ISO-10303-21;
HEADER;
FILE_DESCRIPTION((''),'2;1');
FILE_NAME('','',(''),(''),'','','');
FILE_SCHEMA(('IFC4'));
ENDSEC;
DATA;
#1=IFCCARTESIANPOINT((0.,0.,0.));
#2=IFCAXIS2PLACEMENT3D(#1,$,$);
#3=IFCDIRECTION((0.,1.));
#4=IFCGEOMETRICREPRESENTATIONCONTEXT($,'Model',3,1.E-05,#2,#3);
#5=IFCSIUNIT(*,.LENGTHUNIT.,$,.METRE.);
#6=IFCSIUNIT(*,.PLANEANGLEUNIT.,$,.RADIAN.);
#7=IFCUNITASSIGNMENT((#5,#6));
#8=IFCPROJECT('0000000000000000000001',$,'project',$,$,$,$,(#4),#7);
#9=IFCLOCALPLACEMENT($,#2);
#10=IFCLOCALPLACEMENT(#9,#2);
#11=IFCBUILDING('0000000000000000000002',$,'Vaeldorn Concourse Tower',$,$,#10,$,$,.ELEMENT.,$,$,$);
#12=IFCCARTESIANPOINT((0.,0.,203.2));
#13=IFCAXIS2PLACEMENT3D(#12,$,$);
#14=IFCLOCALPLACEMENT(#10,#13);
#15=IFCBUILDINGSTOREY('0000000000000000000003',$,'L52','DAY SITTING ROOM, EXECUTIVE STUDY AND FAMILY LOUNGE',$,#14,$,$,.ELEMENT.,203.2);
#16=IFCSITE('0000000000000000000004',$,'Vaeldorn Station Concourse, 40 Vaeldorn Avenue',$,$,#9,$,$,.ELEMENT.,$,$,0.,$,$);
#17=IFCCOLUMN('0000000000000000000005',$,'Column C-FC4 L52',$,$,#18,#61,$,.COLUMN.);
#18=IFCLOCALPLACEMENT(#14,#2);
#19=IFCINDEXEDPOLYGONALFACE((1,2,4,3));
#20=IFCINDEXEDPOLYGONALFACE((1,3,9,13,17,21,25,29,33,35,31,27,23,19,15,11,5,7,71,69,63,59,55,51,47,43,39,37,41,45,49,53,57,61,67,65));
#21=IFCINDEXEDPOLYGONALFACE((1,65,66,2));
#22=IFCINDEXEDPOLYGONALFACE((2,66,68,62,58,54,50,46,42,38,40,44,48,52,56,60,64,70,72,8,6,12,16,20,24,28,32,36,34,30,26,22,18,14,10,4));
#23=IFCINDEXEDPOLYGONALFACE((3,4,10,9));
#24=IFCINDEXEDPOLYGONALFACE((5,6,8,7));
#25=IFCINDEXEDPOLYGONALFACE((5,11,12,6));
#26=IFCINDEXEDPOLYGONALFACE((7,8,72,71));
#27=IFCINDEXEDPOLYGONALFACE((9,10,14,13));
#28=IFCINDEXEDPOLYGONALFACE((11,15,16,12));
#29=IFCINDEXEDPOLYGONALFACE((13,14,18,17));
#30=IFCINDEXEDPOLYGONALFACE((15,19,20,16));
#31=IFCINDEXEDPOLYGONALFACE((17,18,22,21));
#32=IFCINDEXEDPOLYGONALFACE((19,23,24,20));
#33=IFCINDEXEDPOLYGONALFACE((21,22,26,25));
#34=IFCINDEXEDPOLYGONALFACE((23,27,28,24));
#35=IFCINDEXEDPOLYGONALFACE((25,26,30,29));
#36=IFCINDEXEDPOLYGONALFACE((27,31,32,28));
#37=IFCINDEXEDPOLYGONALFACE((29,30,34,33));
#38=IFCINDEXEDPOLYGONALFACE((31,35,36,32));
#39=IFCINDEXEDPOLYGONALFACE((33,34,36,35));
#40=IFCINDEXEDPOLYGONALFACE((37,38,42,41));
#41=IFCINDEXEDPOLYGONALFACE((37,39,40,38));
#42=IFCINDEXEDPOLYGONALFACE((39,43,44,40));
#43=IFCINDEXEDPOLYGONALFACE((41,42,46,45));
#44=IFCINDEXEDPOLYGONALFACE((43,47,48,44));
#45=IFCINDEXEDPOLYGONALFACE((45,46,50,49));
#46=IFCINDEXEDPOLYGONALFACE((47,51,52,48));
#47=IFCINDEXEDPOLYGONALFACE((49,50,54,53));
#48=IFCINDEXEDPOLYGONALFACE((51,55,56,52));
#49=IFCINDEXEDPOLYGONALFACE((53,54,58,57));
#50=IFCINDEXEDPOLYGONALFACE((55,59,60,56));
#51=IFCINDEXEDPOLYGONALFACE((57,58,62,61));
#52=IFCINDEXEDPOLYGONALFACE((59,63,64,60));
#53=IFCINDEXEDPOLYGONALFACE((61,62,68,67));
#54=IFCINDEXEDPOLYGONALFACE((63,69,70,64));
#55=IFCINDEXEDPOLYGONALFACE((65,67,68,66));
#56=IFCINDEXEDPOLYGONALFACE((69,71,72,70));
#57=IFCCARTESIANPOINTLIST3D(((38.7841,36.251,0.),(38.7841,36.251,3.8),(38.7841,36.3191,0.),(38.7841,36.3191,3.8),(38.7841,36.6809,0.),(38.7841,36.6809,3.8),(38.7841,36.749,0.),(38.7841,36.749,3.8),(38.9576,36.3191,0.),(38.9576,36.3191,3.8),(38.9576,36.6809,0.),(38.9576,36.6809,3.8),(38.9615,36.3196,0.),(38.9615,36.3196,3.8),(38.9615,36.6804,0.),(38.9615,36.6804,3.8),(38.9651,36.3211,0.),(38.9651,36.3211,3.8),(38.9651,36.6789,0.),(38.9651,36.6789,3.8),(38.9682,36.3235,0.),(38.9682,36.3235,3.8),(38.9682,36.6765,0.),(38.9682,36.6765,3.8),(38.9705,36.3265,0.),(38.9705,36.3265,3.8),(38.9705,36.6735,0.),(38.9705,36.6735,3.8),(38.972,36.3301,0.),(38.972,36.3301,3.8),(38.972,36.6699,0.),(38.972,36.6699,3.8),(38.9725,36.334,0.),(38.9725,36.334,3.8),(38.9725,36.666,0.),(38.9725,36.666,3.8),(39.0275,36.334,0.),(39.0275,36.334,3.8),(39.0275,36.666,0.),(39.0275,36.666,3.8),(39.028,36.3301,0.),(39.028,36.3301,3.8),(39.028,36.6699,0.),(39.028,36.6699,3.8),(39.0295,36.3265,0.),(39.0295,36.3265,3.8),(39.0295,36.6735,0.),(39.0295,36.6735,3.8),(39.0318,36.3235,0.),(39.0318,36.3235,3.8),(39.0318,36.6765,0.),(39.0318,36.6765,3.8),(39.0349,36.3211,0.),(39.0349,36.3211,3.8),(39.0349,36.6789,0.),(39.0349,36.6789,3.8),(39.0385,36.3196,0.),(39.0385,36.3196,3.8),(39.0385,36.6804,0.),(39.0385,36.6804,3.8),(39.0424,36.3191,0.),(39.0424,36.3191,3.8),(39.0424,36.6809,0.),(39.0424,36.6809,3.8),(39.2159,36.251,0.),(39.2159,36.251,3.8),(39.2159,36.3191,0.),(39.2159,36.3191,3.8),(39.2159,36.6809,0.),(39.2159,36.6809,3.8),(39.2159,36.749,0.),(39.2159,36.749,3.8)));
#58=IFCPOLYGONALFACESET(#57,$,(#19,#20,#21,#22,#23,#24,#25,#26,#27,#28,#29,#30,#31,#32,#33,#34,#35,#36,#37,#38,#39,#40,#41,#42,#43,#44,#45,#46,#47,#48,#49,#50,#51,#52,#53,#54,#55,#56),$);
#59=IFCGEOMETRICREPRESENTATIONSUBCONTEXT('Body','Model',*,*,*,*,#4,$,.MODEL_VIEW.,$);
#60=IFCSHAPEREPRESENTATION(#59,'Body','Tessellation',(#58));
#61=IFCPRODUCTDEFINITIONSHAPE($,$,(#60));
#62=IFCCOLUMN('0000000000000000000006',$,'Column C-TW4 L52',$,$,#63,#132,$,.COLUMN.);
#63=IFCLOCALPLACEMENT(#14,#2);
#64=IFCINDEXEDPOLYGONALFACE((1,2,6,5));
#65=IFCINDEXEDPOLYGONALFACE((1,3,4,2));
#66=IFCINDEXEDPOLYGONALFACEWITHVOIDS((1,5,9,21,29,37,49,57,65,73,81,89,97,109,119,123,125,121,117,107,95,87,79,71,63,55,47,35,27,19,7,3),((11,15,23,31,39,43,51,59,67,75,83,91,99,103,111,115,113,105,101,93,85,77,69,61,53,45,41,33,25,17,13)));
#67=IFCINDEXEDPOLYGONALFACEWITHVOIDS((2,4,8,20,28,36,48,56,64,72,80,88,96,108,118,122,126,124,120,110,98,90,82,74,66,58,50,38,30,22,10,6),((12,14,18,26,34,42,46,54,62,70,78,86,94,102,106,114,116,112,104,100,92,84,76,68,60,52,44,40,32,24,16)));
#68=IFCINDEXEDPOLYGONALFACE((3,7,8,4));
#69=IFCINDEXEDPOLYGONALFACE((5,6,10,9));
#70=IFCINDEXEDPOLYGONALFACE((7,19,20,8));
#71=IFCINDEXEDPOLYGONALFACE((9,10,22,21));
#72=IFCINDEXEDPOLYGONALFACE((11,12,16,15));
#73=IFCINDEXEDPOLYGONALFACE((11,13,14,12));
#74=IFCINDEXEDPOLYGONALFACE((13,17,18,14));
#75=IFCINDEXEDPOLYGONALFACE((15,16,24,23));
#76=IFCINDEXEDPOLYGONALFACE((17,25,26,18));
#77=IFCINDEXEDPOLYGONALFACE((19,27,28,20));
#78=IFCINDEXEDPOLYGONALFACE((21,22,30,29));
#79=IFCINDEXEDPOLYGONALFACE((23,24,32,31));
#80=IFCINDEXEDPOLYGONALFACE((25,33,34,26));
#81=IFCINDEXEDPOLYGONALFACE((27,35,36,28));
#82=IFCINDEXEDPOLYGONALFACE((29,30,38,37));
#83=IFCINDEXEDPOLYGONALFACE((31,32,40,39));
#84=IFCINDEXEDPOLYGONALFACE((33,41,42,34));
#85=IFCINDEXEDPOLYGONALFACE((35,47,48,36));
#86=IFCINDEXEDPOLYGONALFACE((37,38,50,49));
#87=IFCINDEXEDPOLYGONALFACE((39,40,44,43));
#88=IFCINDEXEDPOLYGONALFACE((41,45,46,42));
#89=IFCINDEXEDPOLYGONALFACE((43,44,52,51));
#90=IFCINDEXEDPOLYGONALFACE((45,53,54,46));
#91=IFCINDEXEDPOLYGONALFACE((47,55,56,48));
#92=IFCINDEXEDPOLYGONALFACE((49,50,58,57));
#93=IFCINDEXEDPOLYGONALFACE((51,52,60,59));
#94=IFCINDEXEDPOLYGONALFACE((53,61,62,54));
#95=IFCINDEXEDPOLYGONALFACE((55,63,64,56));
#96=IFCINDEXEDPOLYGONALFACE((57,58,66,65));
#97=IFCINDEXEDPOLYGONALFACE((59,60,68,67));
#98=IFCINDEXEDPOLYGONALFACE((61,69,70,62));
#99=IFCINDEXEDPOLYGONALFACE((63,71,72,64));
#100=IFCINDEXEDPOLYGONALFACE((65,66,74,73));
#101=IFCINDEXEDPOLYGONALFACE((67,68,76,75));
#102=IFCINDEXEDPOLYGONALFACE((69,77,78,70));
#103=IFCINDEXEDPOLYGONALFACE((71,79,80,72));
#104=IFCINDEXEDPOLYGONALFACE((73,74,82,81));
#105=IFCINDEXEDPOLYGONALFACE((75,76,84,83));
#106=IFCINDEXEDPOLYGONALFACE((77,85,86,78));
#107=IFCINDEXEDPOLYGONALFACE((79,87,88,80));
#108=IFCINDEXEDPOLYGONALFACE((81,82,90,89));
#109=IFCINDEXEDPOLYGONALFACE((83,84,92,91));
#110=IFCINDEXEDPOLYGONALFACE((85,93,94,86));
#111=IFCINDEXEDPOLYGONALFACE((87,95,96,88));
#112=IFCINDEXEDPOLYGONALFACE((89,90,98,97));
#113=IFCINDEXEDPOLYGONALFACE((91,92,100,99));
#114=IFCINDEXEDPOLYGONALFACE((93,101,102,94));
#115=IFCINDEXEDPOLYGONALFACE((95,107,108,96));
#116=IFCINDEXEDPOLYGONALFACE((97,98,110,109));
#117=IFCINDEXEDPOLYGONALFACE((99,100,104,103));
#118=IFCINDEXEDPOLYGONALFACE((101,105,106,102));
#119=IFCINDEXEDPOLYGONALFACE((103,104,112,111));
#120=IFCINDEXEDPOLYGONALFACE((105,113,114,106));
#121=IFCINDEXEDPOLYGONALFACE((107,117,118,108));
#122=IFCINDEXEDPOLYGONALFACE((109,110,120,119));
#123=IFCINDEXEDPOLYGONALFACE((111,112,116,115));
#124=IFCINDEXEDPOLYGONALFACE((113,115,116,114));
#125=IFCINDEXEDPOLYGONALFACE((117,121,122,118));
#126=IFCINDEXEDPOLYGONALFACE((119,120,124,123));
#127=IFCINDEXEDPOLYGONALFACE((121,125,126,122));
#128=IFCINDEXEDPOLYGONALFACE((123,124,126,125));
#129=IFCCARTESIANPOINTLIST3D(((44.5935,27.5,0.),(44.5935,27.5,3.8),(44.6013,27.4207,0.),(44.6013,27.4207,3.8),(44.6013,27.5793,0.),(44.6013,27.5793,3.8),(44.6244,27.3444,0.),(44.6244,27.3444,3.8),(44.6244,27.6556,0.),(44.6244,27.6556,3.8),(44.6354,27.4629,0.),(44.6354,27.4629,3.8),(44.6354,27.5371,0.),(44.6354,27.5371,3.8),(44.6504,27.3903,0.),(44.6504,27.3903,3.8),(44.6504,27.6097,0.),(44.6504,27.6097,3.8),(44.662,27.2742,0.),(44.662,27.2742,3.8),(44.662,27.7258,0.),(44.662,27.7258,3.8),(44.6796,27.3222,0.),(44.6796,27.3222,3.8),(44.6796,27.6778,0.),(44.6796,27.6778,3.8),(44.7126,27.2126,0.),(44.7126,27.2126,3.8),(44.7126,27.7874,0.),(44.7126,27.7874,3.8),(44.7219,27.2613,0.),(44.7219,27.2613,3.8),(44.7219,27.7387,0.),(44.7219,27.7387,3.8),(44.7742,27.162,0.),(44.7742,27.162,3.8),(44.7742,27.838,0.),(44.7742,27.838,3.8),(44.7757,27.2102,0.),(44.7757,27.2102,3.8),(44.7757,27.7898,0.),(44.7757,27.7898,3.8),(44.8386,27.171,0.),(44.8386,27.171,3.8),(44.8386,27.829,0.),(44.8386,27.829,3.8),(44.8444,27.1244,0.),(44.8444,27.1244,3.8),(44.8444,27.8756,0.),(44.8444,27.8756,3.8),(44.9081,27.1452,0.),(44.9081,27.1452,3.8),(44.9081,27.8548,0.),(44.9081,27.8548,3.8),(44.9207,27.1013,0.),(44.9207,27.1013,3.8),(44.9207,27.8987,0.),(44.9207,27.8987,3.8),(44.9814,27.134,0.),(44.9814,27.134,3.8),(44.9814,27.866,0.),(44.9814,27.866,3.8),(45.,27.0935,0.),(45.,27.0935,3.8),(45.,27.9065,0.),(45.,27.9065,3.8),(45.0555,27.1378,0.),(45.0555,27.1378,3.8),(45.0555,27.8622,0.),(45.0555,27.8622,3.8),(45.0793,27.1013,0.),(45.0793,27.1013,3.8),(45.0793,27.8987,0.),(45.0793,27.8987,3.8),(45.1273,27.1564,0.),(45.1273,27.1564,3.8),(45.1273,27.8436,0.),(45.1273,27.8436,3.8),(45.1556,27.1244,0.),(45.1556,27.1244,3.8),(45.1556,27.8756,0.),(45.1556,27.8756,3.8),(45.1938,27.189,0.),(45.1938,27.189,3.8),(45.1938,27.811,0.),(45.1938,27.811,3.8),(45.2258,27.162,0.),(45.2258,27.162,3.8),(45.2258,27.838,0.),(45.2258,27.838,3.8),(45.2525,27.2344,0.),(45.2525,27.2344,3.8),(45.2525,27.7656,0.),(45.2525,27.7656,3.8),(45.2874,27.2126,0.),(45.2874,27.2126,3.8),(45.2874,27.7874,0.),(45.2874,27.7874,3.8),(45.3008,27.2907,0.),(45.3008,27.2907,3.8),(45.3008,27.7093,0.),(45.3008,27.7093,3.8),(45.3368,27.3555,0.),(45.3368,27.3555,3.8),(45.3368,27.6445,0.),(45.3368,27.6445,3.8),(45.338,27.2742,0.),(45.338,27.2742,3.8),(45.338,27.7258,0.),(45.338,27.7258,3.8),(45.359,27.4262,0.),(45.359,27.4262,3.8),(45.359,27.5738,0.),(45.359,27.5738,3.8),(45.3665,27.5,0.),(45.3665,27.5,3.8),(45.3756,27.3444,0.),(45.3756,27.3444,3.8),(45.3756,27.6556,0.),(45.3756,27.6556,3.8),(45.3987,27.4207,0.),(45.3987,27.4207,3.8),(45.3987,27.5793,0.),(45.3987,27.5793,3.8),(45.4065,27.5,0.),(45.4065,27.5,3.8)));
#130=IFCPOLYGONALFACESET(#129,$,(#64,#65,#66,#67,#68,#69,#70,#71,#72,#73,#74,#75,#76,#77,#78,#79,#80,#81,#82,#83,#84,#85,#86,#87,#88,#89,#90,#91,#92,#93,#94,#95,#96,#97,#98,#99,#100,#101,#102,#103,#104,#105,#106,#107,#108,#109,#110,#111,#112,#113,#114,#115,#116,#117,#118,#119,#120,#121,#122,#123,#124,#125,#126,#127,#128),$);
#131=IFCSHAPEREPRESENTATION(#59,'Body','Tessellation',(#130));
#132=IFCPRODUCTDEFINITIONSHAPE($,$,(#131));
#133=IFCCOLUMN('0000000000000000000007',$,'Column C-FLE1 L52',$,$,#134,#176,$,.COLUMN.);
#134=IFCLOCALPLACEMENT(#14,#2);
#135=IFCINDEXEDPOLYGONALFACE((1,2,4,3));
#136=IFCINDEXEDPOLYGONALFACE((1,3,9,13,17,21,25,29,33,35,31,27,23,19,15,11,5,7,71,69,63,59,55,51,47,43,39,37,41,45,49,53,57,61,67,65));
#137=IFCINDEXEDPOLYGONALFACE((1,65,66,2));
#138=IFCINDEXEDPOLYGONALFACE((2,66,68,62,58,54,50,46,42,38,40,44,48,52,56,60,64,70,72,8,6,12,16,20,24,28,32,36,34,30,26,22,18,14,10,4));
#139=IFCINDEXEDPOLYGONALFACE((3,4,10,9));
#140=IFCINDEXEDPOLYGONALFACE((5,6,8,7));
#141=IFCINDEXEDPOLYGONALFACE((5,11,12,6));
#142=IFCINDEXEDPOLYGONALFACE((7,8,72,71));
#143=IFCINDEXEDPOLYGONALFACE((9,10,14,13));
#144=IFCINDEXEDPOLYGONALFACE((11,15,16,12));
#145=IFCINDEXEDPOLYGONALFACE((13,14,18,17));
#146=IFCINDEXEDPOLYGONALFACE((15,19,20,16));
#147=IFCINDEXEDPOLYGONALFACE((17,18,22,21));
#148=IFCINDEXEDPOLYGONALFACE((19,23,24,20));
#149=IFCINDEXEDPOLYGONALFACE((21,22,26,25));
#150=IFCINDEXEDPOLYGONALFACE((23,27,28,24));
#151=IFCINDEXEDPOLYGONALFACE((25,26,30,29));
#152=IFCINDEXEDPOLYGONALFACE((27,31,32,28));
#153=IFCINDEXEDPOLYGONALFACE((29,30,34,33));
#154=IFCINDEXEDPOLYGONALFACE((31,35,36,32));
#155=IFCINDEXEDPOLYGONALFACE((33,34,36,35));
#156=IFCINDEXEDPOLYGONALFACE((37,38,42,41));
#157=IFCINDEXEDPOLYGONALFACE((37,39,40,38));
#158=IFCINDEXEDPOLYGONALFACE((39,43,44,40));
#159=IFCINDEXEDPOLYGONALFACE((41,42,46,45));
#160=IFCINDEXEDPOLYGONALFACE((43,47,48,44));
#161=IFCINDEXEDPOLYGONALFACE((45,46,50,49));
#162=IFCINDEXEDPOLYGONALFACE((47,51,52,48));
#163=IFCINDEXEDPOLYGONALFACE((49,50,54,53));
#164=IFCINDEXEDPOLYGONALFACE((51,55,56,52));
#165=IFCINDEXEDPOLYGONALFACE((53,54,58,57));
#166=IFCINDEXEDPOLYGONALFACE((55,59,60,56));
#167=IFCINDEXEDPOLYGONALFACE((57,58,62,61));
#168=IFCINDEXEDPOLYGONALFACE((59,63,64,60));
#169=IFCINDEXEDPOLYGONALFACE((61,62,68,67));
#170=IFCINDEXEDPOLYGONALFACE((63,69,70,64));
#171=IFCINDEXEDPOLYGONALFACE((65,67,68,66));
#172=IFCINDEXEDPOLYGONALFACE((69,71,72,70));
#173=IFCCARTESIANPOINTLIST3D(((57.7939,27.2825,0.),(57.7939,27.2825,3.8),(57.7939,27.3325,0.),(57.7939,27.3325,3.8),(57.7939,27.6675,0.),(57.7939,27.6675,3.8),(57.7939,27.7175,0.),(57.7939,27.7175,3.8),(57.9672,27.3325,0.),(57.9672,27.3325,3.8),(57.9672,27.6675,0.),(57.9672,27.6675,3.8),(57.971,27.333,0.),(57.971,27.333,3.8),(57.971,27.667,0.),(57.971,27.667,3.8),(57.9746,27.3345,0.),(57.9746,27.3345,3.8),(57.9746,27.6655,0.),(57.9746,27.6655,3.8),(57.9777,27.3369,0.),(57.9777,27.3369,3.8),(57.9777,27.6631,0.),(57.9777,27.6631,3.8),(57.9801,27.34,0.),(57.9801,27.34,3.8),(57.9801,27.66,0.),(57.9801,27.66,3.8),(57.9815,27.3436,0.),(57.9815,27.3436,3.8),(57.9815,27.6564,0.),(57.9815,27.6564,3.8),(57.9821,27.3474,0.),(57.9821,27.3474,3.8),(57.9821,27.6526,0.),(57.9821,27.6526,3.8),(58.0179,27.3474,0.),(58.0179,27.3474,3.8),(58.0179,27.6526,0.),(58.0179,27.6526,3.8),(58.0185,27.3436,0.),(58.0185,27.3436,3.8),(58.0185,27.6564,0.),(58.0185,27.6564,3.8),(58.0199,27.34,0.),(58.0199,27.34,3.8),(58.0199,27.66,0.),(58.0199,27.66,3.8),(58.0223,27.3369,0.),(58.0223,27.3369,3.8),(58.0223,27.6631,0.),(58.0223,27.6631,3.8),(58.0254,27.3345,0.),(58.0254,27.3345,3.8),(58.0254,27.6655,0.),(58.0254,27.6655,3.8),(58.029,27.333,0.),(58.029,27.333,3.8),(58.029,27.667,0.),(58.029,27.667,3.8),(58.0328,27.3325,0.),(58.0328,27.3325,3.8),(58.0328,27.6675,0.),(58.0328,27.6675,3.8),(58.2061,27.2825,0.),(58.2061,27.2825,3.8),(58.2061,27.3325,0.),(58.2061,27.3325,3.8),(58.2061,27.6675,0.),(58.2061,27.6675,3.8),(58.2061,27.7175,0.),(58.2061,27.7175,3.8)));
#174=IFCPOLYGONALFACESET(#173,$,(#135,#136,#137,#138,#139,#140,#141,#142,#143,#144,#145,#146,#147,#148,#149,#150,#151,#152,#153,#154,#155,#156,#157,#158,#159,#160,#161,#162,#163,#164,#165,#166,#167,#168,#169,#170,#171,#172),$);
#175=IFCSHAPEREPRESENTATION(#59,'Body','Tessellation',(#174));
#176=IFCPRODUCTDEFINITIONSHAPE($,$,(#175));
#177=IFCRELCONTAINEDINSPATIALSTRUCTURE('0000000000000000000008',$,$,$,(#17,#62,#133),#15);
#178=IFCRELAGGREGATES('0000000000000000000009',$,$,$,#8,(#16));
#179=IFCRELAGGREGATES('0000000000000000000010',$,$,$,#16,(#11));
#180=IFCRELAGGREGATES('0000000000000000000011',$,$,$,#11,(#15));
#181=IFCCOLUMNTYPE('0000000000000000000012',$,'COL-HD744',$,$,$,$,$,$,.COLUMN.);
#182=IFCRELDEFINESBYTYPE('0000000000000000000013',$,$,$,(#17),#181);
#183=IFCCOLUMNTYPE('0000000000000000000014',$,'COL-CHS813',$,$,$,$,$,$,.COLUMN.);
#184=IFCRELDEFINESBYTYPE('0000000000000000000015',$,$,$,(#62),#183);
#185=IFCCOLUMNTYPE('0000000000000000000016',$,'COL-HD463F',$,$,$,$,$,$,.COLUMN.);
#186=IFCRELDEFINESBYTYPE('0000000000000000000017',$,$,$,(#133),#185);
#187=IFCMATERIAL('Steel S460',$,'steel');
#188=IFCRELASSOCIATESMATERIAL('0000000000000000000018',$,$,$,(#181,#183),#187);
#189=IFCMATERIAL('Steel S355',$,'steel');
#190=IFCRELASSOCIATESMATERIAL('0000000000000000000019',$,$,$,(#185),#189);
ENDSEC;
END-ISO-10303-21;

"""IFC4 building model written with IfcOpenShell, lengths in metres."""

from ifc_helpers import new_model, si_unit, direction, frame, origin, origin_2d, place, context, subcontext, project, spatial, hollow_circle, i_section, extrude, source, transform, mapped, material, material_profile, profile_set, type_object, element, save


model = new_model("IFC4")

# Units and contexts
model_context = context("Model", 3, precision=1e-05, world=origin(), true_north=direction((0.0, 1.0)))
body_context = subcontext(model_context, "Body", "Model", "MODEL_VIEW")
ifc_project = project(units=[si_unit("LENGTHUNIT", "METRE"), si_unit("PLANEANGLEUNIT", "RADIAN")], contexts=[model_context])

# Site, building, storey
site_placement = place(None, origin())
site = spatial("IfcSite", under=ifc_project, at=site_placement, Name="Vaeldorn Station Concourse, 40 Vaeldorn Avenue", CompositionType="ELEMENT", RefElevation=0.0)
building_placement = place(site_placement, origin())
building = spatial("IfcBuilding", under=site, at=building_placement, Name="Vaeldorn Concourse Tower", CompositionType="ELEMENT")
storey_placement = place(building_placement, frame((0.0, 0.0, 203.2)))
storey = spatial("IfcBuildingStorey", under=building, at=storey_placement, Name="L52", Description="DAY SITTING ROOM, EXECUTIVE STUDY AND FAMILY LOUNGE", CompositionType="ELEMENT", Elevation=203.2)

# Columns
ifc_material_1 = material(Name="Steel S460", Category="steel")
ifc_material_profile_1 = material_profile(ifc_material_1, i_section(OverallWidth=0.4319, OverallDepth=0.498, WebThickness=0.0549, FlangeThickness=0.0681, FilletRadius=0.0149, at=origin_2d()), Name="HD 400x744")
ifc_profile_set_1 = profile_set([ifc_material_profile_1], Name="Steel S460")
column_type_1 = type_object("IfcColumnType", Name="COL-HD744", PredefinedType="COLUMN", material=ifc_profile_set_1)
shared_shape_1 = source(origin(), body_context, "Body", "SweptSolid", [
    extrude(i_section(OverallWidth=0.4319, OverallDepth=0.498, WebThickness=0.0549, FlangeThickness=0.0681, FilletRadius=0.0149, at=origin_2d()), origin(), (0.0, 0.0, 1.0), 3.8),
])
column_1_placement = place(storey_placement, frame((39.0, 36.5, 0.0), z_axis=(0.0, 0.0, 1.0), x_axis=(1.0, 0.0, 0.0)))
element("IfcColumn", 1, at=column_1_placement, inside=storey, type_object=column_type_1, Name="Column C-FC4 L52", PredefinedType="COLUMN", context=body_context, shape_type="MappedRepresentation", body=[
    mapped(shared_shape_1, transform((0.0, 0.0, 0.0), scale=1.0)),
])
ifc_material_profile_2 = material_profile(ifc_material_1, hollow_circle(Radius=0.4065, WallThickness=0.04, at=origin_2d()), Name="CHS 813x40")
ifc_profile_set_2 = profile_set([ifc_material_profile_2], Name="Steel S460")
column_type_2 = type_object("IfcColumnType", Name="COL-CHS813", PredefinedType="COLUMN", material=ifc_profile_set_2)
shared_shape_2 = source(origin(), body_context, "Body", "SweptSolid", [
    extrude(hollow_circle(Radius=0.4065, WallThickness=0.04, at=origin_2d()), origin(), (0.0, 0.0, 1.0), 3.8),
])
column_2_placement = place(storey_placement, frame((45.0, 27.5, 0.0), z_axis=(0.0, 0.0, 1.0), x_axis=(1.0, 0.0, 0.0)))
element("IfcColumn", 2, at=column_2_placement, inside=storey, type_object=column_type_2, Name="Column C-TW4 L52", PredefinedType="COLUMN", context=body_context, shape_type="MappedRepresentation", body=[
    mapped(shared_shape_2, transform((0.0, 0.0, 0.0), scale=1.0)),
])
ifc_material_2 = material(Name="Steel S355", Category="steel")
ifc_material_profile_3 = material_profile(ifc_material_2, i_section(OverallWidth=0.4121, OverallDepth=0.4351, WebThickness=0.0359, FlangeThickness=0.05, FilletRadius=0.0149, at=origin_2d()), Name="HD 400x463")
ifc_profile_set_3 = profile_set([ifc_material_profile_3], Name="Steel S355")
column_type_3 = type_object("IfcColumnType", Name="COL-HD463F", PredefinedType="COLUMN", material=ifc_profile_set_3)
shared_shape_3 = source(origin(), body_context, "Body", "SweptSolid", [
    extrude(i_section(OverallWidth=0.4121, OverallDepth=0.4351, WebThickness=0.0359, FlangeThickness=0.05, FilletRadius=0.0149, at=origin_2d()), origin(), (0.0, 0.0, 1.0), 3.8),
])
column_3_placement = place(storey_placement, frame((58.0, 27.5, 0.0), z_axis=(0.0, 0.0, 1.0), x_axis=(1.0, 0.0, 0.0)))
element("IfcColumn", 3, at=column_3_placement, inside=storey, type_object=column_type_3, Name="Column C-FLE1 L52", PredefinedType="COLUMN", context=body_context, shape_type="MappedRepresentation", body=[
    mapped(shared_shape_3, transform((0.0, 0.0, 0.0), scale=1.0)),
])

save(model, "model.ifc")
